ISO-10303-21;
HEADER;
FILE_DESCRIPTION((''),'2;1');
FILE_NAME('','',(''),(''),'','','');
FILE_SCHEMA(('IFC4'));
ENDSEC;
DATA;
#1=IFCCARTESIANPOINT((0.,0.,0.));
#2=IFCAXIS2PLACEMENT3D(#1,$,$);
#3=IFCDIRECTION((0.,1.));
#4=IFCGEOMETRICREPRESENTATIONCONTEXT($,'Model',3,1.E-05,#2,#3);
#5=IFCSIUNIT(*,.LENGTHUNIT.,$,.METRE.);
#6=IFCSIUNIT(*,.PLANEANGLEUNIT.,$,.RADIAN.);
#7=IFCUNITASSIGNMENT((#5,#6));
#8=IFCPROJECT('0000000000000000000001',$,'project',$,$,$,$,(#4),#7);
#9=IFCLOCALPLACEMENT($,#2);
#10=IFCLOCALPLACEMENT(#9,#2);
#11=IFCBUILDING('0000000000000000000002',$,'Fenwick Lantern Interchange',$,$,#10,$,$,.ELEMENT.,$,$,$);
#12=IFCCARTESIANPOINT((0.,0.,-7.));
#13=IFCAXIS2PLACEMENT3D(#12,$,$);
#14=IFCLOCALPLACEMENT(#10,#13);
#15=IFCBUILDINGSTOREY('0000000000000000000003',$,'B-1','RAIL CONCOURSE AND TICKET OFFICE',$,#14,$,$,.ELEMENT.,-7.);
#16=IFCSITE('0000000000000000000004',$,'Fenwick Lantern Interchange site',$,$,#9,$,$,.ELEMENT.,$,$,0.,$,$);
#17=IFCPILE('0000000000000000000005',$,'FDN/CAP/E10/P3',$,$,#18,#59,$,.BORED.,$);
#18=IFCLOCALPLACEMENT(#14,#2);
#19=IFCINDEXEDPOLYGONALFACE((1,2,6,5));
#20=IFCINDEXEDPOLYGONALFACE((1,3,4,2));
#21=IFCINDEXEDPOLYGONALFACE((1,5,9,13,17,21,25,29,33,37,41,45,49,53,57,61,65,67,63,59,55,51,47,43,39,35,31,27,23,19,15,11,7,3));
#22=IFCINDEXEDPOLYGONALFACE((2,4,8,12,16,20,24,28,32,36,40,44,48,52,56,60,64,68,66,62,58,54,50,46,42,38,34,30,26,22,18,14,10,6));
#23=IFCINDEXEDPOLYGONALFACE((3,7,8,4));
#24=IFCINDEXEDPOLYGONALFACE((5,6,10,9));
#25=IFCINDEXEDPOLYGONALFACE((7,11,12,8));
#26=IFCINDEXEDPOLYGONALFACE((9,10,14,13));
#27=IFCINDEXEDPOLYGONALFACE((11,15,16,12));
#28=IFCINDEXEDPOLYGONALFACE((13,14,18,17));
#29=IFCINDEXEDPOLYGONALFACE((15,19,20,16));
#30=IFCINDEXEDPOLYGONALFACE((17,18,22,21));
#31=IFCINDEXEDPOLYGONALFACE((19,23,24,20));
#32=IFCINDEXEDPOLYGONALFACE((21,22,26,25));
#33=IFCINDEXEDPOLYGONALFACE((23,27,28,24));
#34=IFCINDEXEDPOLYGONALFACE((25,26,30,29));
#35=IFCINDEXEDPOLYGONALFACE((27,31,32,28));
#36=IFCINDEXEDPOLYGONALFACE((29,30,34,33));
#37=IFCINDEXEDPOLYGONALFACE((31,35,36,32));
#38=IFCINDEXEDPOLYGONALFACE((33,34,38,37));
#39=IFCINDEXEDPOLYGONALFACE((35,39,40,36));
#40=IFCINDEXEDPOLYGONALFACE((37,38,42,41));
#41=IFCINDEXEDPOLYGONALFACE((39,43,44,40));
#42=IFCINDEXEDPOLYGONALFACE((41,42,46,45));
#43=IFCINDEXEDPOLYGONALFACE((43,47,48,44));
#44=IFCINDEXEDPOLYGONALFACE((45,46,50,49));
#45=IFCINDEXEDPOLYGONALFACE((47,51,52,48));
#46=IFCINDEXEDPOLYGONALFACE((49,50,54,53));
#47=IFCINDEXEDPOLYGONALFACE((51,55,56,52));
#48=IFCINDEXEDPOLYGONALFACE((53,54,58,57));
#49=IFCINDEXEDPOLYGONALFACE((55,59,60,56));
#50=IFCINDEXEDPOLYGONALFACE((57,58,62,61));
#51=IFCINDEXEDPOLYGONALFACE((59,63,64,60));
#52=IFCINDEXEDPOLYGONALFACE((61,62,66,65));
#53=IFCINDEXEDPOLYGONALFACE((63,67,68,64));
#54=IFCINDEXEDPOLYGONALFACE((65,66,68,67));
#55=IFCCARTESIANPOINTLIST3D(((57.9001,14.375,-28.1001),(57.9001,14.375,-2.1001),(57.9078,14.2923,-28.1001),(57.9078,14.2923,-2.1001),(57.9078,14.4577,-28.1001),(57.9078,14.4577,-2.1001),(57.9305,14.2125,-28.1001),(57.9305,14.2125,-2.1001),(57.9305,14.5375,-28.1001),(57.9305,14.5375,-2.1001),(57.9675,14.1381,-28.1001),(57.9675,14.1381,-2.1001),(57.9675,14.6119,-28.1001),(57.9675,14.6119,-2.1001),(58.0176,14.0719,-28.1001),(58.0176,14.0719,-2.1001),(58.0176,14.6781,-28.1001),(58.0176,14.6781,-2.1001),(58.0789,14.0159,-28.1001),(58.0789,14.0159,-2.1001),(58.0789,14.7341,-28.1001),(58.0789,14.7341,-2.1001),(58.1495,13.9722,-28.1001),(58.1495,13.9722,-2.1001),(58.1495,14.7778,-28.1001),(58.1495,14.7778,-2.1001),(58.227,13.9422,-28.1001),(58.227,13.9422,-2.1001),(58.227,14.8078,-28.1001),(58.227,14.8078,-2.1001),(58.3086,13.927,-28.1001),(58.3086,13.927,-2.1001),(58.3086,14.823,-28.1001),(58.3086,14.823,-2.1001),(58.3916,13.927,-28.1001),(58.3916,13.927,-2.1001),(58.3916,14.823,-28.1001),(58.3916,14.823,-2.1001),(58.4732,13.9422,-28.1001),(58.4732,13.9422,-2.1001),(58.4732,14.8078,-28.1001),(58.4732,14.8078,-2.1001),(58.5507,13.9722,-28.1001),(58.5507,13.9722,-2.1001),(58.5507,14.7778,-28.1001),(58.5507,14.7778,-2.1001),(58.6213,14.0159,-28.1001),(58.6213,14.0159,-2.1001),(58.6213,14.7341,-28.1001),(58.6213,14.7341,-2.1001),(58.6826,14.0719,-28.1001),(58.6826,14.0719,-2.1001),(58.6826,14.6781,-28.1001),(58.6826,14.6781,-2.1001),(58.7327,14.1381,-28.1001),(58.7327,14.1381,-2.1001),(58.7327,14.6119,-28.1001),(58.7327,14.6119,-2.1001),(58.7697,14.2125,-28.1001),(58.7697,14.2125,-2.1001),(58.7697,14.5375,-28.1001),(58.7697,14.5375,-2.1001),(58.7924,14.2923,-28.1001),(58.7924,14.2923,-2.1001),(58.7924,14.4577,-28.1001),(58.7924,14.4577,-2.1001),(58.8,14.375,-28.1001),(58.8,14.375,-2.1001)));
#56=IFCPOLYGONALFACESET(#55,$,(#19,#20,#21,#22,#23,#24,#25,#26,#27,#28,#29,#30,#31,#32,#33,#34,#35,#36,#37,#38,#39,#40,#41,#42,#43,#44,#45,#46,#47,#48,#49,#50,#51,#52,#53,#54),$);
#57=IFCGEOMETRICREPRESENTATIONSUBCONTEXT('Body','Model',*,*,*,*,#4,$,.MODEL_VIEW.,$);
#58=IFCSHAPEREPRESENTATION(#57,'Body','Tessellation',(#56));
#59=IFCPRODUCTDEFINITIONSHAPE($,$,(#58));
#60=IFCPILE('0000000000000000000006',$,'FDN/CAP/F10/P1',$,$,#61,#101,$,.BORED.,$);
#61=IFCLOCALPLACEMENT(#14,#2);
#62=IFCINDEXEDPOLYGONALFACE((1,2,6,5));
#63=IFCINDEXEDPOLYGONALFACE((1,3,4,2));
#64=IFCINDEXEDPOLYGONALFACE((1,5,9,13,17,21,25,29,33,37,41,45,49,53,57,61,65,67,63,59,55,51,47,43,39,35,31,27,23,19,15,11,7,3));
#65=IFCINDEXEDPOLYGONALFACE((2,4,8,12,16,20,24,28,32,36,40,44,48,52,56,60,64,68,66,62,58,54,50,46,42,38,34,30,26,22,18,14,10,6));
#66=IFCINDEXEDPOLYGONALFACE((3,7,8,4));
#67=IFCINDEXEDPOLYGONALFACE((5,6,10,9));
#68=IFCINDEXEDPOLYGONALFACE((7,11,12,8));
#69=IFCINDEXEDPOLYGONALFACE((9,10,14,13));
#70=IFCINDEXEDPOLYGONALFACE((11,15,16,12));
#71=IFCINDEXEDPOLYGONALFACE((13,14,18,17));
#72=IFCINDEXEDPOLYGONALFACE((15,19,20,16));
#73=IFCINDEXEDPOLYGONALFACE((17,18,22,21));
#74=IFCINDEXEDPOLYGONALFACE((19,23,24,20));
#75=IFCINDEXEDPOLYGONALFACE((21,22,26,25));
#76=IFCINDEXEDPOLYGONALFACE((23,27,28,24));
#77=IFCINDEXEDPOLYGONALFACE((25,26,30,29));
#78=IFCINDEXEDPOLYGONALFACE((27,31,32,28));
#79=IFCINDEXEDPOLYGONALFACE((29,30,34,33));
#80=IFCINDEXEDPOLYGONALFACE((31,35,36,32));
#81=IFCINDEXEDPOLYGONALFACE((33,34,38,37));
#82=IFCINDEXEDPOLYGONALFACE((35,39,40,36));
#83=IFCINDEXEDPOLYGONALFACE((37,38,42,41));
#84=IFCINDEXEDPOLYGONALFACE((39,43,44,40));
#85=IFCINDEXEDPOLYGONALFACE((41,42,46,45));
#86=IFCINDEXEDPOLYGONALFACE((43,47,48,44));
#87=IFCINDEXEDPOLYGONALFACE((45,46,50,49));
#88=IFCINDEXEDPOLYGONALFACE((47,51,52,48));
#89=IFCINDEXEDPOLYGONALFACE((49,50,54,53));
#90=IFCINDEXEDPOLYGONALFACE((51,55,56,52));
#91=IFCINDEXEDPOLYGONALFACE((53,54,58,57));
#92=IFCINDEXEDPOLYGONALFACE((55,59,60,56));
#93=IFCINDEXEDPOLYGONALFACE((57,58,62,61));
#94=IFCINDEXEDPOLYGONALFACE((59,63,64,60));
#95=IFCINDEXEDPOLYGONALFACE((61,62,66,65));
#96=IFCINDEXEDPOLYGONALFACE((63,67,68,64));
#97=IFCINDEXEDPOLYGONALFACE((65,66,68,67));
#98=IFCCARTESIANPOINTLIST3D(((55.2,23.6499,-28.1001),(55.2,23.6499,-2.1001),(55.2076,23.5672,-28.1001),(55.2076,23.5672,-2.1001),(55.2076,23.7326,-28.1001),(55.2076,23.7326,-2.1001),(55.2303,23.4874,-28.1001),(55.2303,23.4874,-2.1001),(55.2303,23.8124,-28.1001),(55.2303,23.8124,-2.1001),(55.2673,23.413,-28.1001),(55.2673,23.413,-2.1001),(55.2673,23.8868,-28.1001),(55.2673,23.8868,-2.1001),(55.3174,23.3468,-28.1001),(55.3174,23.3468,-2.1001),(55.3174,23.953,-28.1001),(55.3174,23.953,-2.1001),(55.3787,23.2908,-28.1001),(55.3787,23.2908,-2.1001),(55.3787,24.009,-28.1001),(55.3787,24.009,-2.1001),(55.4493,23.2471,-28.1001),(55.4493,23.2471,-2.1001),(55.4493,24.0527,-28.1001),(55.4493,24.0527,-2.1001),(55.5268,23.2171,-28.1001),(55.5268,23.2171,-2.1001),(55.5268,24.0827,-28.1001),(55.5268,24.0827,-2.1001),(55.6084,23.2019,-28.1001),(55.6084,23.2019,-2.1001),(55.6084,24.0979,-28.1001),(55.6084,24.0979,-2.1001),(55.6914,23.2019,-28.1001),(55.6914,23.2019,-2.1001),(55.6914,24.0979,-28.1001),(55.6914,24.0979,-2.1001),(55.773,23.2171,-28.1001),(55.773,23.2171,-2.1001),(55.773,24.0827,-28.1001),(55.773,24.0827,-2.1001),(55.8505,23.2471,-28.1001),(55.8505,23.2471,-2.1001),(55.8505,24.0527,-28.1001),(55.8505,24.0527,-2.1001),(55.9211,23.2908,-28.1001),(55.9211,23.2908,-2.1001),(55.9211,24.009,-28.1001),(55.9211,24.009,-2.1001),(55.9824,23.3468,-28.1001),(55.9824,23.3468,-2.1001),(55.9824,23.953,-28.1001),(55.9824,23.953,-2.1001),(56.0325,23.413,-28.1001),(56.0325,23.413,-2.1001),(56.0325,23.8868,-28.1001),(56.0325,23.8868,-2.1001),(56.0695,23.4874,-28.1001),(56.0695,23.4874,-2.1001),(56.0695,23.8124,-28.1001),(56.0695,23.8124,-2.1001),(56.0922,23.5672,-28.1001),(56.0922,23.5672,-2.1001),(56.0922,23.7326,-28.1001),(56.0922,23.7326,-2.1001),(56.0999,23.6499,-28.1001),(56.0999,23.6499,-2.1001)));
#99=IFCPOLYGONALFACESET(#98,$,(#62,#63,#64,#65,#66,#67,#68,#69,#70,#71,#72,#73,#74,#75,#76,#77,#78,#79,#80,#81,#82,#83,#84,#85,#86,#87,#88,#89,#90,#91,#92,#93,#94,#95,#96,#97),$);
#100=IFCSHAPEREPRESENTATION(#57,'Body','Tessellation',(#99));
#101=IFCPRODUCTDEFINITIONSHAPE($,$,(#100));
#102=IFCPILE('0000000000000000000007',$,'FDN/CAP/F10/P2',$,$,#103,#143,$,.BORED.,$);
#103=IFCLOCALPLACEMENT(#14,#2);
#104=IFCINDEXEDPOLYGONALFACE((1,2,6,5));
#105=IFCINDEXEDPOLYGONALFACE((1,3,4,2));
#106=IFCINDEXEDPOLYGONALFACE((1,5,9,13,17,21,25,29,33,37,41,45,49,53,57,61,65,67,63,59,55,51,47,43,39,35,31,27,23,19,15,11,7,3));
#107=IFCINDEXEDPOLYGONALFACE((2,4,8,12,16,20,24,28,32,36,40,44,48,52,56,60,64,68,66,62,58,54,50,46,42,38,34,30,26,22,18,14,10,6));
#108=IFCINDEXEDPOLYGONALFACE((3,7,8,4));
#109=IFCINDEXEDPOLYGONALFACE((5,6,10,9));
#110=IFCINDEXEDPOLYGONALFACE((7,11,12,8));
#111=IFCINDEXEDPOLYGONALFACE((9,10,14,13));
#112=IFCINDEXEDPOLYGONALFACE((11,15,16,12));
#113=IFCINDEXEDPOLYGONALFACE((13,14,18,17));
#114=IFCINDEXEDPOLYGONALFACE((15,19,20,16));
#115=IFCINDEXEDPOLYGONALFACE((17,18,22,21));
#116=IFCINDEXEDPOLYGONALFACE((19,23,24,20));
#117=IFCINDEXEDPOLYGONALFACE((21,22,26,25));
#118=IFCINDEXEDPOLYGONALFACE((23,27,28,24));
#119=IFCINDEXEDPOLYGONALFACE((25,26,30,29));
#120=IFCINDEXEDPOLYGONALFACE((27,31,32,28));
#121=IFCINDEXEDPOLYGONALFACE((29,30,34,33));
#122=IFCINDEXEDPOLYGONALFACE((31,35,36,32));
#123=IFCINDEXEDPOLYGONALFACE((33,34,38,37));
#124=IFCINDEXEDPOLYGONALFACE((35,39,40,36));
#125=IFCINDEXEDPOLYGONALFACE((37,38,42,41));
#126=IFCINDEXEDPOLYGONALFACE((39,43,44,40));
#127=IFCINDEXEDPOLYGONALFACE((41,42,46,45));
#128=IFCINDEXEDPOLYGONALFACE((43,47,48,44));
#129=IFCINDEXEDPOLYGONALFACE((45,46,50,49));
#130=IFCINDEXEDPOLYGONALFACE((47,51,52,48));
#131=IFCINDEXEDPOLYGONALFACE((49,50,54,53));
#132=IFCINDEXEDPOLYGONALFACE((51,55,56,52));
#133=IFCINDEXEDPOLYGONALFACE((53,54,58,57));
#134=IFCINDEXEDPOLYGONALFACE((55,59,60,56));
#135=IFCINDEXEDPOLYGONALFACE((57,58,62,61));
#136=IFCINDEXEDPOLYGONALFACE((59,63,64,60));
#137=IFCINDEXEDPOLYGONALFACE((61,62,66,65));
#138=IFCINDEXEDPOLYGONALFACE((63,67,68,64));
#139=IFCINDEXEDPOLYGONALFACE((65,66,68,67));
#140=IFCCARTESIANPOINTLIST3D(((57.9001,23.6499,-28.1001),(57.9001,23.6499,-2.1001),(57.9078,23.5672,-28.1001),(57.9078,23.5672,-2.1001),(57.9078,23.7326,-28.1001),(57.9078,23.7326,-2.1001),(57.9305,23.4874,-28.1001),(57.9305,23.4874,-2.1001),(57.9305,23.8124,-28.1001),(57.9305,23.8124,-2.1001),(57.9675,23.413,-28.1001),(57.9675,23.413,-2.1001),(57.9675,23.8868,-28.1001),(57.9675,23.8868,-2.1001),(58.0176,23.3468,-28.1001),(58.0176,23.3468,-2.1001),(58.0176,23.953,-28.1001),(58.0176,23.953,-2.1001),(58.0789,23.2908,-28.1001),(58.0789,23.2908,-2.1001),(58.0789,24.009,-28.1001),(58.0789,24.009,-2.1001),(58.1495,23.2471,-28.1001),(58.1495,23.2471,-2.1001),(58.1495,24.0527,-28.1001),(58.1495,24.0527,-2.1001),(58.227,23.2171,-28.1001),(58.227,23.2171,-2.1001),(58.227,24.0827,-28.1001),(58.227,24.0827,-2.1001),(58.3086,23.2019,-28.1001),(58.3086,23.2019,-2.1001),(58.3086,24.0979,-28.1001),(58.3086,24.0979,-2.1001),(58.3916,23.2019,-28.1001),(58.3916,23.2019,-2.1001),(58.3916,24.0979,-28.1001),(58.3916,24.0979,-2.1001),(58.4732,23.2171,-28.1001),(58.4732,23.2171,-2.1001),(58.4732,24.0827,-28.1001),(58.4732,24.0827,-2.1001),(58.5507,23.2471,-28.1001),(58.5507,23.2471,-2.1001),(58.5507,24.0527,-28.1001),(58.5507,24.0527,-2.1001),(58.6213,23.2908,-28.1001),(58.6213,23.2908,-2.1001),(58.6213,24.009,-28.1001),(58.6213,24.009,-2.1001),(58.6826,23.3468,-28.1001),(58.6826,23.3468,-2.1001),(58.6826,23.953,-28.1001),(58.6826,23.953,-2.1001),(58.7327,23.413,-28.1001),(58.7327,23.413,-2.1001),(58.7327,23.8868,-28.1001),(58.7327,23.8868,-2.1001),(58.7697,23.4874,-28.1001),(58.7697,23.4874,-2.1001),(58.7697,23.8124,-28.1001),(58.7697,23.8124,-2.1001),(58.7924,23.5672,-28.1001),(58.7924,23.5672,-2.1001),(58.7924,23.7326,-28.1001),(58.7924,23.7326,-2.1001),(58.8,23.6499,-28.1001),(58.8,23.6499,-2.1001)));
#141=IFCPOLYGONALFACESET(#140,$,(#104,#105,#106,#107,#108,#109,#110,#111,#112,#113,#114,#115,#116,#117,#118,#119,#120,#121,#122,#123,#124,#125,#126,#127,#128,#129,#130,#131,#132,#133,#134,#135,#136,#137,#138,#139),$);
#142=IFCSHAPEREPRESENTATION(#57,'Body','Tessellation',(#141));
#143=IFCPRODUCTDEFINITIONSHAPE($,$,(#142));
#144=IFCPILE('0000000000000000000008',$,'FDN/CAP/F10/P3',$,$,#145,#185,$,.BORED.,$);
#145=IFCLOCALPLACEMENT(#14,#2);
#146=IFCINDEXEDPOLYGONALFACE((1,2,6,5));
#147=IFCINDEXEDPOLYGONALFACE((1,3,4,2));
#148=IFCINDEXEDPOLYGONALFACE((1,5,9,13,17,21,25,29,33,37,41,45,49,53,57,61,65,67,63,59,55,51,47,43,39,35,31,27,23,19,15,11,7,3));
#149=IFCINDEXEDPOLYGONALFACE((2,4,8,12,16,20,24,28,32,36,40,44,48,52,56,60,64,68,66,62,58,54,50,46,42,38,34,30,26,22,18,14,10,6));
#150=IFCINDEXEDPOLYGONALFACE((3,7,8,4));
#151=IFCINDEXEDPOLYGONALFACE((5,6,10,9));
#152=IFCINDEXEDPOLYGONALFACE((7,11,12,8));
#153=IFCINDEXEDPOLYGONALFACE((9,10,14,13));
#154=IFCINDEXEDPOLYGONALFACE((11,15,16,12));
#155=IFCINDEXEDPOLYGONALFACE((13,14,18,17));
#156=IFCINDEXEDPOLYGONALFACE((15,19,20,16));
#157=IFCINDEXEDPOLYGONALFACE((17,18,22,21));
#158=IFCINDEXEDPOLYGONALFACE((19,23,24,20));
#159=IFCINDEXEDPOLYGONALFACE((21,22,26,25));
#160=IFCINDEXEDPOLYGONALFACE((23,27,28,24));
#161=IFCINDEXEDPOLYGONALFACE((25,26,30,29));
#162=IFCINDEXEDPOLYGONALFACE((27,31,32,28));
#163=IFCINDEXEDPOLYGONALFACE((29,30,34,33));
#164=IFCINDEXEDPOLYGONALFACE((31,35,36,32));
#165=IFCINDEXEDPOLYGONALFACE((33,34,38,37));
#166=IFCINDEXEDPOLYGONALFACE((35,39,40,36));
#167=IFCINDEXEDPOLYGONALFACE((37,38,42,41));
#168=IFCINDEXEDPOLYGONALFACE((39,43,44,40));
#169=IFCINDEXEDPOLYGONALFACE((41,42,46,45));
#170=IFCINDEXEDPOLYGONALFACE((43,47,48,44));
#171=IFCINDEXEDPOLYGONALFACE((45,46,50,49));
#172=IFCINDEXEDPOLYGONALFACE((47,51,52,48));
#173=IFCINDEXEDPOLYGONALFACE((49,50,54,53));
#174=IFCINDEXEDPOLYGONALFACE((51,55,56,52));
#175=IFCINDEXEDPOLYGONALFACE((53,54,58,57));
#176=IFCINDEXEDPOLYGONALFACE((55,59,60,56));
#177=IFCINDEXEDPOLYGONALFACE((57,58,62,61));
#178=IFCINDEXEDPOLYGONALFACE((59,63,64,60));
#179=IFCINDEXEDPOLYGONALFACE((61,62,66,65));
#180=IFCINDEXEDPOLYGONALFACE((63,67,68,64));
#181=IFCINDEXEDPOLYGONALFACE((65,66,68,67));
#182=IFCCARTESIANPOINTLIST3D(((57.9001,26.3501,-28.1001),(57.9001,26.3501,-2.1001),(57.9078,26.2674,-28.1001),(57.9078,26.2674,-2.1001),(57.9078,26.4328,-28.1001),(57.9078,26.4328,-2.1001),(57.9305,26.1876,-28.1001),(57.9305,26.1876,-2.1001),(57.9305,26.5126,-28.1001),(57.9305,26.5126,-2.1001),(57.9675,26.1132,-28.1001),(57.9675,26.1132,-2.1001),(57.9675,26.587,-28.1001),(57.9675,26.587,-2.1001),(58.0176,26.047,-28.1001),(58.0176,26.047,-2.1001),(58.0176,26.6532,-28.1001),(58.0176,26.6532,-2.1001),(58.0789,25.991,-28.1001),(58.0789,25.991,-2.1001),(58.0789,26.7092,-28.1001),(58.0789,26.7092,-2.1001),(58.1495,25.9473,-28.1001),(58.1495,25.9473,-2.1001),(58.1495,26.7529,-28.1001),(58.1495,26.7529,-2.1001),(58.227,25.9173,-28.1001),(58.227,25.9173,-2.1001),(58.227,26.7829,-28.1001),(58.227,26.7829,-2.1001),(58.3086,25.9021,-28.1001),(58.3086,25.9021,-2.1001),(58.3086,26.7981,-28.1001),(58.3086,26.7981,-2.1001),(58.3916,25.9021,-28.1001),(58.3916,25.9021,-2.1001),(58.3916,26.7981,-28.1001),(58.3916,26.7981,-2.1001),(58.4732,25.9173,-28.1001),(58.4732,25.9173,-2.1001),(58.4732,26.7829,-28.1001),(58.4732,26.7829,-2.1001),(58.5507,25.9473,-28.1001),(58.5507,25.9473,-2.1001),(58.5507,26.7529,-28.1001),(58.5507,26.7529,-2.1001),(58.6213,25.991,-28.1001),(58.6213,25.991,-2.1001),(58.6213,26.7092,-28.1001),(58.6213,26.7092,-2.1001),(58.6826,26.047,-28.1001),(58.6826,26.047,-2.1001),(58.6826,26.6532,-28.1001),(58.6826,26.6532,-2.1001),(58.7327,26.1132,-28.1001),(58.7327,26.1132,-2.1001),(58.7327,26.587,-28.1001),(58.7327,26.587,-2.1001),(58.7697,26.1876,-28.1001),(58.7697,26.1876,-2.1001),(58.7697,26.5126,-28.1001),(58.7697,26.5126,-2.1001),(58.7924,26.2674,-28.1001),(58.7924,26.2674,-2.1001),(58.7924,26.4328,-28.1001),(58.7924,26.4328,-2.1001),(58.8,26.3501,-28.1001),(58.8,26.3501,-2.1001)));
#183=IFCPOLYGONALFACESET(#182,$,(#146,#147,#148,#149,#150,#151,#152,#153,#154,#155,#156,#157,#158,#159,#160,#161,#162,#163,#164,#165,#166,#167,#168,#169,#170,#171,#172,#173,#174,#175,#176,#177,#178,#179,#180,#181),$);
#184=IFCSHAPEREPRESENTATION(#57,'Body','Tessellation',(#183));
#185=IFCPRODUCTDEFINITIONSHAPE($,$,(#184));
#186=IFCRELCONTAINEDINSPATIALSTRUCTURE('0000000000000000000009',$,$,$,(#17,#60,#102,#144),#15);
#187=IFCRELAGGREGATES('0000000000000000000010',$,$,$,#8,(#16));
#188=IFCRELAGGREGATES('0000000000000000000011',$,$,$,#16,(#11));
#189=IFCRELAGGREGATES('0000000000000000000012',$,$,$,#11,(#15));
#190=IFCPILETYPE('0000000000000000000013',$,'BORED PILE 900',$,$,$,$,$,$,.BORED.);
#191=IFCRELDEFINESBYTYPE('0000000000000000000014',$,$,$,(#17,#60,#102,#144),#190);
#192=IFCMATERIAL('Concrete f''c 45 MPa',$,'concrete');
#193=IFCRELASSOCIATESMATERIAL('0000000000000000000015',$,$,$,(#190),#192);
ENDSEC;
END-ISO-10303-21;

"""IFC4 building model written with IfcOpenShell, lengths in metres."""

from ifc_helpers import new_model, si_unit, direction, frame, origin, origin_2d, place, context, subcontext, project, spatial, circle, extrude, material, type_object, element, save


model = new_model("IFC4")

# Units and contexts
model_context = context("Model", 3, precision=1e-05, world=origin(), true_north=direction((0.0, 1.0)))
body_context = subcontext(model_context, "Body", "Model", "MODEL_VIEW")
ifc_project = project(units=[si_unit("LENGTHUNIT", "METRE"), si_unit("PLANEANGLEUNIT", "RADIAN")], contexts=[model_context])

# Site, building, storey
site_placement = place(None, origin())
site = spatial("IfcSite", under=ifc_project, at=site_placement, Name="Fenwick Lantern Interchange site", CompositionType="ELEMENT", RefElevation=0.0)
building_placement = place(site_placement, origin())
building = spatial("IfcBuilding", under=site, at=building_placement, Name="Fenwick Lantern Interchange", CompositionType="ELEMENT")
storey_placement = place(building_placement, frame((0.0, 0.0, -7.0)))
storey = spatial("IfcBuildingStorey", under=building, at=storey_placement, Name="B-1", Description="RAIL CONCOURSE AND TICKET OFFICE", CompositionType="ELEMENT", Elevation=-7.0)

# Piles
ifc_material_1 = material(Name="Concrete f'c 45 MPa", Category="concrete")
pile_type_1 = type_object("IfcPileType", Name="BORED PILE 900", PredefinedType="BORED", material=ifc_material_1)
for number, where, z_axis, x_axis, name in (
    (1, (58.3501, 14.375, -2.1001), (0.0, 0.0, -1.0), (1.0, 0.0, 0.0), "FDN/CAP/E10/P3"),
    (2, (55.6499, 23.6499, -2.1001), (0.0, 0.0, -1.0), (1.0, 0.0, 0.0), "FDN/CAP/F10/P1"),
    (3, (58.3501, 23.6499, -2.1001), (0.0, 0.0, -1.0), (1.0, 0.0, 0.0), "FDN/CAP/F10/P2"),
    (4, (58.3501, 26.3501, -2.1001), (0.0, 0.0, -1.0), (1.0, 0.0, 0.0), "FDN/CAP/F10/P3"),
):
    element("IfcPile", number, at=place(storey_placement, frame(where, z_axis=z_axis, x_axis=x_axis)), inside=storey, type_object=pile_type_1, Name=name, PredefinedType="BORED", context=body_context, shape_type="SweptSolid", body=[
        extrude(circle(Radius=0.45, at=origin_2d()), origin(), (0.0, 0.0, 1.0), 26.0),
    ])

save(model, "model.ifc")
